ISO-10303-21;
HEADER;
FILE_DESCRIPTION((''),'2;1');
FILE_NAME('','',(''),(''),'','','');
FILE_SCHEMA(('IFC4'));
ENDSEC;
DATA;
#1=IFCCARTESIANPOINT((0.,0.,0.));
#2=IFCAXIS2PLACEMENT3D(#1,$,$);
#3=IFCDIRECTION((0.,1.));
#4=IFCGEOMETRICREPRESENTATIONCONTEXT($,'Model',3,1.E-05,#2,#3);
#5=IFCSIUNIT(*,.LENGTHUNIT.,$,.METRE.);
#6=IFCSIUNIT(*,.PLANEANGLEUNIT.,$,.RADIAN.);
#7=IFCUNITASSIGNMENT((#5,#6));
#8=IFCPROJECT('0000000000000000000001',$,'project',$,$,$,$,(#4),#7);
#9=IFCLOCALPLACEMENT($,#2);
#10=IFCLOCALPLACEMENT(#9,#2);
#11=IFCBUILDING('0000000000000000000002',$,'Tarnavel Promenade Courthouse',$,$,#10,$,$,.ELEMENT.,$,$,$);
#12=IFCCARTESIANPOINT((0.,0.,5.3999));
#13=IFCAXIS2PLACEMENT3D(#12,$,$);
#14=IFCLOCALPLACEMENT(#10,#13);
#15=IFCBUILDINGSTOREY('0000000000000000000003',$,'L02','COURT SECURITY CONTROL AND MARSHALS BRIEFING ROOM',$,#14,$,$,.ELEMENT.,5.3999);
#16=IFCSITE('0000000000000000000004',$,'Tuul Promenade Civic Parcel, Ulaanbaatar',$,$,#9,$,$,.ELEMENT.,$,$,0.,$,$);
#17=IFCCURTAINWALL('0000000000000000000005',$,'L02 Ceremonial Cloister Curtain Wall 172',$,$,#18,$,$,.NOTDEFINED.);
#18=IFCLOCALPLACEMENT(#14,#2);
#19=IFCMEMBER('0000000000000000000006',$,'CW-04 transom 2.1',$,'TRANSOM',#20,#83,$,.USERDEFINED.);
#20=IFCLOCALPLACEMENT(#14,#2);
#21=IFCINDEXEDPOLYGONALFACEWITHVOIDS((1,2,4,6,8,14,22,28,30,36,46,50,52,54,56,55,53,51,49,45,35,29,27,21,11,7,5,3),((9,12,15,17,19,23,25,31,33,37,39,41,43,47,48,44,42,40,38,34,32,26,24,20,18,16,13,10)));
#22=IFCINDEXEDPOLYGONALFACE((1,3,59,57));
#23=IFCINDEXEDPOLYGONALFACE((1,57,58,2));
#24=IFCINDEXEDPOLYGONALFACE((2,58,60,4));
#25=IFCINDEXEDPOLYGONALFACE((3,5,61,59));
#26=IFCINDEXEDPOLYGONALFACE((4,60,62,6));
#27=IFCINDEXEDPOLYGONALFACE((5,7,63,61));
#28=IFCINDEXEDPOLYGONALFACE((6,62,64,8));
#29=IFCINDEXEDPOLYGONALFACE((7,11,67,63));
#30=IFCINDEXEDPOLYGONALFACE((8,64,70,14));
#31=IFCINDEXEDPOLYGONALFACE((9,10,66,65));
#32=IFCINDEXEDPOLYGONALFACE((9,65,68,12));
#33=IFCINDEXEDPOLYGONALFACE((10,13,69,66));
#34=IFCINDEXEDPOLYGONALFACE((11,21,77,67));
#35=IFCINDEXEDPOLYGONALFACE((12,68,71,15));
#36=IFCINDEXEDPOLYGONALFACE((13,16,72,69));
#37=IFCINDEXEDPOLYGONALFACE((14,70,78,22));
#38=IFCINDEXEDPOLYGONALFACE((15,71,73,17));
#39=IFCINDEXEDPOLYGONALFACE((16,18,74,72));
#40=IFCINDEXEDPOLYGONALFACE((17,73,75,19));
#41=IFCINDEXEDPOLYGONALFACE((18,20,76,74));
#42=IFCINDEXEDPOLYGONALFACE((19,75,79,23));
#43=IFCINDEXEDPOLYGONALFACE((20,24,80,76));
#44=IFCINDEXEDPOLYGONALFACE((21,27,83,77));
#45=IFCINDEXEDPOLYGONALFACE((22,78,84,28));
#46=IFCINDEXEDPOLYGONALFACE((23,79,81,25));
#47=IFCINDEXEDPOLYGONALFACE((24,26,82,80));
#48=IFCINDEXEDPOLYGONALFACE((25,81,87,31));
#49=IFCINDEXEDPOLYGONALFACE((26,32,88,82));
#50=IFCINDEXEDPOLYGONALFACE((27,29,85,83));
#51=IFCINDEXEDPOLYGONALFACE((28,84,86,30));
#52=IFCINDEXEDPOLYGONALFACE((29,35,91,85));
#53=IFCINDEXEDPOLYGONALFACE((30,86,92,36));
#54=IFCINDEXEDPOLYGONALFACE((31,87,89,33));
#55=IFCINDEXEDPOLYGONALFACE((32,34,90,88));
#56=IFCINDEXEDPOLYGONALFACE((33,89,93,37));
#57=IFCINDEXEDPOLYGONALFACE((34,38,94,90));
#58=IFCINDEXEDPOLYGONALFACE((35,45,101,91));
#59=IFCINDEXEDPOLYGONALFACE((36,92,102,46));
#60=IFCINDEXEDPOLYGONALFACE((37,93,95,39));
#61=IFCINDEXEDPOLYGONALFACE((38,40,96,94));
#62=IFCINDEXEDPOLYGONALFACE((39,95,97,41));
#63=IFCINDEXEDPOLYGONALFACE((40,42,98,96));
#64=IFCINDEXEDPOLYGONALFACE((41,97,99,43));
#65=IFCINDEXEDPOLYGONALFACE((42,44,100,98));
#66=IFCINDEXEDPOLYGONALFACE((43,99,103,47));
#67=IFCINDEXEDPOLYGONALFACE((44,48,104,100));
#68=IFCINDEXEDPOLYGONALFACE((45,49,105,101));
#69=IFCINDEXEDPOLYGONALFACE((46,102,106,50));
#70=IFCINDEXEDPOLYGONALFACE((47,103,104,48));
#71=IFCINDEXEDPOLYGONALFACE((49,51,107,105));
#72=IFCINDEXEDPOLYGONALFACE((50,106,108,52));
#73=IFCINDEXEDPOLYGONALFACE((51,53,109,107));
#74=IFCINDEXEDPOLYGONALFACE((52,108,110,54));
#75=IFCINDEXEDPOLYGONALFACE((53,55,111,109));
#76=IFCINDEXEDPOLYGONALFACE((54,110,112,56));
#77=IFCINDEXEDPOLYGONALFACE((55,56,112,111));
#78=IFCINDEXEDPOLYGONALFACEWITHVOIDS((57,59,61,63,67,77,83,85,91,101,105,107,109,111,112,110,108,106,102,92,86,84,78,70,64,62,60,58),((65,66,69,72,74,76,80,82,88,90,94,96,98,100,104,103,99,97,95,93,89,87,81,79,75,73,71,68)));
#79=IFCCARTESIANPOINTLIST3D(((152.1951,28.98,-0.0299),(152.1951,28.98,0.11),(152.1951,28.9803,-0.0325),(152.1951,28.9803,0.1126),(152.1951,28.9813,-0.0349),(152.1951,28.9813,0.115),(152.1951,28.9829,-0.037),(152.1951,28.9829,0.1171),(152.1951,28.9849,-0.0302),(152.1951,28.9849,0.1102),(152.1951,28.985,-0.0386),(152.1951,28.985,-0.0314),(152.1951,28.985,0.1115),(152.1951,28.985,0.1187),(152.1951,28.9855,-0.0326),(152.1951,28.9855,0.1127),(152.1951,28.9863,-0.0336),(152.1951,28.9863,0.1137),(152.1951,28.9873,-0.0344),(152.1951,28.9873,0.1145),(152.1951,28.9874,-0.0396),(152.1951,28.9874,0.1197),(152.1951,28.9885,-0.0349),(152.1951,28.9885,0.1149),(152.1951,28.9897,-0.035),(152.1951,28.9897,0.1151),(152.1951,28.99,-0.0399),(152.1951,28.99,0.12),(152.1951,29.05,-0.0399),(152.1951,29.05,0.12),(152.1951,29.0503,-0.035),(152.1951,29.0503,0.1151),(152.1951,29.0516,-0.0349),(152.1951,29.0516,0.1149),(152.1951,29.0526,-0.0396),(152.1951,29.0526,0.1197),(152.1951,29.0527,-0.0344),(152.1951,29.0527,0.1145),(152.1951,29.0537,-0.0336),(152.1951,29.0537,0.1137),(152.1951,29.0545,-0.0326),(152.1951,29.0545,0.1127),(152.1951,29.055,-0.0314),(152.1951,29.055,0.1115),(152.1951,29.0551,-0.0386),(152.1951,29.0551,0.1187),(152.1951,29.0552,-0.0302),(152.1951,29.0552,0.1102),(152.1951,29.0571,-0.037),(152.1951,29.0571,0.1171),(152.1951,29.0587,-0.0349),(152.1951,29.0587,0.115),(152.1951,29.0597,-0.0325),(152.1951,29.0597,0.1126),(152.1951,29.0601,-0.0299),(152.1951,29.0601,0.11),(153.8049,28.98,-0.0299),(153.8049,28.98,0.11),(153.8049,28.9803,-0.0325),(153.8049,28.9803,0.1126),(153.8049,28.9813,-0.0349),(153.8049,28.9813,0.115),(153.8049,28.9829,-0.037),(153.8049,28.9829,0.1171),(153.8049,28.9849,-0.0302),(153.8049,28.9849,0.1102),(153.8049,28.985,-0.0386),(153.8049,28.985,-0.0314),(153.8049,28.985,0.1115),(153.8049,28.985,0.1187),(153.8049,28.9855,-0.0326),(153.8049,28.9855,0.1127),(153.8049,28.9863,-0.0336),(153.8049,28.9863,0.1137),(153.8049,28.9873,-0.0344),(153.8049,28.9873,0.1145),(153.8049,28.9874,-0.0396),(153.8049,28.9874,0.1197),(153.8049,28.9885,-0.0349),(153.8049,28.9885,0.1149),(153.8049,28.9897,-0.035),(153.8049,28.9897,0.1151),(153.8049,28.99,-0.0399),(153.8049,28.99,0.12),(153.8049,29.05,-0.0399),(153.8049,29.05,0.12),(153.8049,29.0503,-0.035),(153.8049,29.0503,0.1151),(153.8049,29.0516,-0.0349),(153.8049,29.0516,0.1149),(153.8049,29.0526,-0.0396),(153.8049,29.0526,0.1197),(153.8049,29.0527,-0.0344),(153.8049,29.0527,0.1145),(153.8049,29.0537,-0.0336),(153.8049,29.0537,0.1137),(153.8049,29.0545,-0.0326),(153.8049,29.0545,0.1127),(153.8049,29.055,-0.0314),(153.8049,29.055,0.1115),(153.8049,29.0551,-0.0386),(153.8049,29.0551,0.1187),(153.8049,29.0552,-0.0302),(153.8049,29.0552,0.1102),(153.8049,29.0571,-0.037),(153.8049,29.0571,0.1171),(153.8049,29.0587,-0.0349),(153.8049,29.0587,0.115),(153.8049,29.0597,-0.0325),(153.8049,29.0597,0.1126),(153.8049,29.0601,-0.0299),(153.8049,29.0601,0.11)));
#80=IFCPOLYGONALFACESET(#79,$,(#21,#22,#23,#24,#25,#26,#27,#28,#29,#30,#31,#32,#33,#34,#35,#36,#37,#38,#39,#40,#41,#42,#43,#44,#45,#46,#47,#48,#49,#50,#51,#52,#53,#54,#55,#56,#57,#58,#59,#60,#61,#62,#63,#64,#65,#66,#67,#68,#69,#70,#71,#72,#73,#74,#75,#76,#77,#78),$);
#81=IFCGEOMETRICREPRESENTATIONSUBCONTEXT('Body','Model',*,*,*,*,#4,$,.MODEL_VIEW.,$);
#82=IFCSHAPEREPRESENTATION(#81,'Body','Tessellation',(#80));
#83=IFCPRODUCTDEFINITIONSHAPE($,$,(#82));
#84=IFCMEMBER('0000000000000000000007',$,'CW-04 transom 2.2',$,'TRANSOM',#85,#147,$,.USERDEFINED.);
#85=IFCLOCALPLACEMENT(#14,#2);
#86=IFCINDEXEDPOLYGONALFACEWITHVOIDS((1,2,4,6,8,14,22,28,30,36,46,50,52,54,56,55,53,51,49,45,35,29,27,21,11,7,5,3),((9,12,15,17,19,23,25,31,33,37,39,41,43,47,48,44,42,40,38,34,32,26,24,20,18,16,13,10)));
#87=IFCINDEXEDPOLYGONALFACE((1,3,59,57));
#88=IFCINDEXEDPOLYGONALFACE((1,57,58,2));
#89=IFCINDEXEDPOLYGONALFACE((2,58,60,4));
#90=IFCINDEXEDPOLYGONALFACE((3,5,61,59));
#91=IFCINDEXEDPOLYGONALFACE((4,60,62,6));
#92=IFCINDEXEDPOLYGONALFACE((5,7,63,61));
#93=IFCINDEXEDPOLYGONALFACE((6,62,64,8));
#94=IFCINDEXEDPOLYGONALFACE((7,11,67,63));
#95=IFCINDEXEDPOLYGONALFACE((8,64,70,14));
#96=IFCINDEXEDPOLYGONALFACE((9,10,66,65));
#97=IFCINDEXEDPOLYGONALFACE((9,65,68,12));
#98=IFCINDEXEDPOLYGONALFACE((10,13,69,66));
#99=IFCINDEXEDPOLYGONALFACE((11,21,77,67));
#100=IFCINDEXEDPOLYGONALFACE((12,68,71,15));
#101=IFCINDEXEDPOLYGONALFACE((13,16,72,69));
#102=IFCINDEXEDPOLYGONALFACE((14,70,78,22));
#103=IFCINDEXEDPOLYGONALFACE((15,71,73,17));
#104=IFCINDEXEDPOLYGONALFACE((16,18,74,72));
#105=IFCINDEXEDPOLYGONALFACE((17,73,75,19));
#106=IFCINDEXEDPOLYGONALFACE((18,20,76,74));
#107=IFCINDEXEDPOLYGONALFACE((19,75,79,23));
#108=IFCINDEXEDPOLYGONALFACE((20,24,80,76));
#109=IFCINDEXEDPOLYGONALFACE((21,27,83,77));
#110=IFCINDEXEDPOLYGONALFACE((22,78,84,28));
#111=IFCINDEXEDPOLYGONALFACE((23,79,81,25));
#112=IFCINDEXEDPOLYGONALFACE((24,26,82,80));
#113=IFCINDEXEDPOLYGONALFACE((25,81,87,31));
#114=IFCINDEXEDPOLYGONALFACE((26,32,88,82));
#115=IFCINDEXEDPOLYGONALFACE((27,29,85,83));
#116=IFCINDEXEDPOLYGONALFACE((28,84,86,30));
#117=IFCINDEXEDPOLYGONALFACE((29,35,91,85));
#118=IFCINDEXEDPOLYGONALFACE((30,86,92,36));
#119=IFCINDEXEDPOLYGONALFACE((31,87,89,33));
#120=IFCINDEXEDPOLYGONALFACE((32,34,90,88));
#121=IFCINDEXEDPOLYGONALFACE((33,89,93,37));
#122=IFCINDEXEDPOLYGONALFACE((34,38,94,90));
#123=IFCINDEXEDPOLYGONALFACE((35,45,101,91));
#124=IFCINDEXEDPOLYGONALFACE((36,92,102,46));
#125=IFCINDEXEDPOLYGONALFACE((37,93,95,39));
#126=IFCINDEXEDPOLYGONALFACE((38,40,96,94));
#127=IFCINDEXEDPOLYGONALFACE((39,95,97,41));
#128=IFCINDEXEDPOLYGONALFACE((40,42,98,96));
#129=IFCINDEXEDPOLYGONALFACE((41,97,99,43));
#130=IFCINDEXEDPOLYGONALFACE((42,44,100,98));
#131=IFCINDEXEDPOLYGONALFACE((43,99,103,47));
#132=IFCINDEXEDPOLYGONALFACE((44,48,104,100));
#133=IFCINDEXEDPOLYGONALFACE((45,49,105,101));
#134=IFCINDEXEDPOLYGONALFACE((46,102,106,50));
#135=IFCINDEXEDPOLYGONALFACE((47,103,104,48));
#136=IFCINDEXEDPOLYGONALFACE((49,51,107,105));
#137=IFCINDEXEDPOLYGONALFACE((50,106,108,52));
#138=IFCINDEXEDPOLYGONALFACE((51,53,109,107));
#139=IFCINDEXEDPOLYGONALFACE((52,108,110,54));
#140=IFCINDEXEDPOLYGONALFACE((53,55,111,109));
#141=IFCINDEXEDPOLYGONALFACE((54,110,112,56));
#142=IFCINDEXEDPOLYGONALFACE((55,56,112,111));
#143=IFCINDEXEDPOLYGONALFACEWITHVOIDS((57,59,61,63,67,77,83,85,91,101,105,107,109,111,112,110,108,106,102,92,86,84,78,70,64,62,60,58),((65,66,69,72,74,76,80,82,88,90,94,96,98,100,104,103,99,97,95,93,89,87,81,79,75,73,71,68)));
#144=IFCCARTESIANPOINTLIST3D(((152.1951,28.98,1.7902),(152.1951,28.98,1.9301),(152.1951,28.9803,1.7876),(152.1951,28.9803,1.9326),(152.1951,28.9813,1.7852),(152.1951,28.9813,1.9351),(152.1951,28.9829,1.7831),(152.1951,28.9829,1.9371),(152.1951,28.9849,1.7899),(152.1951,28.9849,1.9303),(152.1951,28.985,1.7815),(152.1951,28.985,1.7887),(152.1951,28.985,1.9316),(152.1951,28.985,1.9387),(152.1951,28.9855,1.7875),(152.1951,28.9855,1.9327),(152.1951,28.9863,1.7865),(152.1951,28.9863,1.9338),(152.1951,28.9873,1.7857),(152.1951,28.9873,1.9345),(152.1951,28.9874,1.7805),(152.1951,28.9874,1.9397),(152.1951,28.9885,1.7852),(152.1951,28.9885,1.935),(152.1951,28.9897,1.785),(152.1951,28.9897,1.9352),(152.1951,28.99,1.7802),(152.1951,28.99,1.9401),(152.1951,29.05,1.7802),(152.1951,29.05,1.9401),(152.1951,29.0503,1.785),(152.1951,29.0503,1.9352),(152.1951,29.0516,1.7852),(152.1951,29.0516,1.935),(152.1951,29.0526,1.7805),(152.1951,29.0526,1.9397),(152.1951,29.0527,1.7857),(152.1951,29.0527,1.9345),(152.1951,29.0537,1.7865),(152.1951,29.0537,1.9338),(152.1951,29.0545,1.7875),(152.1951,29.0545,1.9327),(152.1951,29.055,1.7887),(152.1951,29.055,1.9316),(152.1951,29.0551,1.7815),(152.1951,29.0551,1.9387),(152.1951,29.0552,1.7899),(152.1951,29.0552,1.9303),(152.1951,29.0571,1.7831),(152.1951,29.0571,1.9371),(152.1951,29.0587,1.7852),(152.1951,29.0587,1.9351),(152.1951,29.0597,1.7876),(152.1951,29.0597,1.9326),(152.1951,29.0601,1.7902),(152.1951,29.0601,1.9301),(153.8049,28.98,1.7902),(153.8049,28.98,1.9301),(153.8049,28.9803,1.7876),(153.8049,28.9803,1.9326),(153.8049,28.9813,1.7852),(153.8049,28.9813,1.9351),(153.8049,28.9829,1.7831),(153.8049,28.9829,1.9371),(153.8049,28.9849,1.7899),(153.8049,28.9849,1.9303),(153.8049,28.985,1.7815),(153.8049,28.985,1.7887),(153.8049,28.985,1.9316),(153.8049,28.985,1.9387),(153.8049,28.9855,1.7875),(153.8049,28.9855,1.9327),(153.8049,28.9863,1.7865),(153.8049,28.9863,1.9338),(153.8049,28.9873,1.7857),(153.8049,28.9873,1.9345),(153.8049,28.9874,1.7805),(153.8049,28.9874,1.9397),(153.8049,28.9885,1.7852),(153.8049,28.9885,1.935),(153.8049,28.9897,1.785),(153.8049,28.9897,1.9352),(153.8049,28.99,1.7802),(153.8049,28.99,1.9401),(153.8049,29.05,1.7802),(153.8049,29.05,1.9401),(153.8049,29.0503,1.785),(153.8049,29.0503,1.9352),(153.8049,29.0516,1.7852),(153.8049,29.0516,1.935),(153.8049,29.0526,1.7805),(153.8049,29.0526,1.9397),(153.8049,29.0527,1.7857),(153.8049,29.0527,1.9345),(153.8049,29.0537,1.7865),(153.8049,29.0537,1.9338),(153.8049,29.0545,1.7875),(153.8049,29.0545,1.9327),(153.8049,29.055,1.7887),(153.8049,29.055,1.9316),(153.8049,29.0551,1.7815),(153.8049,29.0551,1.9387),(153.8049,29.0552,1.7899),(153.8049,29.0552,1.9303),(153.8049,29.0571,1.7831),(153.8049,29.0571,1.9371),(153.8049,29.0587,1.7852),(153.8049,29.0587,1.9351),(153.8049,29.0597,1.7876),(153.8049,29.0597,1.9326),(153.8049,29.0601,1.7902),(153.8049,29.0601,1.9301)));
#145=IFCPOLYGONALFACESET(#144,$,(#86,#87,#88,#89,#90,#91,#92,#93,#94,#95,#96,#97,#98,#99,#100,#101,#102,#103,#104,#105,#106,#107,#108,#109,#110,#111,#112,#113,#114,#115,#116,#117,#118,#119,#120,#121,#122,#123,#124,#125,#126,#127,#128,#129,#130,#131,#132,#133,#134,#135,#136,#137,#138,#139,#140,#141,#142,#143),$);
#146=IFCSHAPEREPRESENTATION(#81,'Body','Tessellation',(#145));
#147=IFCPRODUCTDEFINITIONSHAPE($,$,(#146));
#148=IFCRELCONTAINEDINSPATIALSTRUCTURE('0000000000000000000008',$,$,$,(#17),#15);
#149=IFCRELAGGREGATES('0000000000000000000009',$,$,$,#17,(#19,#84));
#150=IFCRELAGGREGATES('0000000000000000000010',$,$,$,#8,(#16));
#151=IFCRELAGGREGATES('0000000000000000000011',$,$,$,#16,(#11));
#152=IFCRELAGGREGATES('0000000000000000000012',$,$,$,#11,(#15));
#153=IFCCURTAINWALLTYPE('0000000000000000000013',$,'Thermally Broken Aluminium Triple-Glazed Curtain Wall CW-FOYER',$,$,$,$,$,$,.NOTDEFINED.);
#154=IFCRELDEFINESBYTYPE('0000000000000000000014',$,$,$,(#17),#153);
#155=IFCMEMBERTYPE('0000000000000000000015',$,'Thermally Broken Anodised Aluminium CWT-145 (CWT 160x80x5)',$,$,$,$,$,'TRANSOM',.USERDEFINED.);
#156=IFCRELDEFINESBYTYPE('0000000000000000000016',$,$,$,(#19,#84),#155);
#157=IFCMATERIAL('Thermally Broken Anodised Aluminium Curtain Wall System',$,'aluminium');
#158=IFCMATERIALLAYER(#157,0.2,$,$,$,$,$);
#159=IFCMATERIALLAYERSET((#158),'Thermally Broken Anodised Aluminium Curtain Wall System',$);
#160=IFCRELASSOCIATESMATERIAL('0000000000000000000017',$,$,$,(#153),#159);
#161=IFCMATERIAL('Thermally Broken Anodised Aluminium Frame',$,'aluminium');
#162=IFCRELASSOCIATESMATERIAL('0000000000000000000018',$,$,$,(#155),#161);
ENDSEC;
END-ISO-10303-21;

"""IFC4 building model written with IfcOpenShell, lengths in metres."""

from ifc_helpers import new_model, si_unit, direction, frame, origin, origin_2d, place, context, subcontext, project, spatial, hollow_rectangle, extrude, material, layer, layer_set, material_profile, profile_set, type_object, element, aggregate, save


model = new_model("IFC4")

# Units and contexts
model_context = context("Model", 3, precision=1e-05, world=origin(), true_north=direction((0.0, 1.0)))
body_context = subcontext(model_context, "Body", "Model", "MODEL_VIEW")
ifc_project = project(units=[si_unit("LENGTHUNIT", "METRE"), si_unit("PLANEANGLEUNIT", "RADIAN")], contexts=[model_context])

# Site, building, storey
site_placement = place(None, origin())
site = spatial("IfcSite", under=ifc_project, at=site_placement, Name="Tuul Promenade Civic Parcel, Ulaanbaatar", CompositionType="ELEMENT", RefElevation=0.0)
building_placement = place(site_placement, origin())
building = spatial("IfcBuilding", under=site, at=building_placement, Name="Tarnavel Promenade Courthouse", CompositionType="ELEMENT")
storey_placement = place(building_placement, frame((0.0, 0.0, 5.3999)))
storey = spatial("IfcBuildingStorey", under=building, at=storey_placement, Name="L02", Description="COURT SECURITY CONTROL AND MARSHALS BRIEFING ROOM", CompositionType="ELEMENT", Elevation=5.3999)

# Curtain wall
ifc_material_1 = material(Name="Thermally Broken Anodised Aluminium Curtain Wall System", Category="aluminium")
ifc_layer_1 = layer(ifc_material_1, 0.2)
ifc_layer_set_1 = layer_set([ifc_layer_1], Name="Thermally Broken Anodised Aluminium Curtain Wall System")
curtain_wall_type = type_object("IfcCurtainWallType", Name="Thermally Broken Aluminium Triple-Glazed Curtain Wall CW-FOYER", PredefinedType="NOTDEFINED", material=ifc_layer_set_1)
ifc_material_2 = material(Name="Thermally Broken Anodised Aluminium Frame", Category="aluminium")
curtain_wall_1_placement = place(storey_placement, origin())
curtain_wall_1 = element("IfcCurtainWall", 1, at=curtain_wall_1_placement, inside=storey, type_object=curtain_wall_type, Name="L02 Ceremonial Cloister Curtain Wall 172", PredefinedType="NOTDEFINED")

# Members
ifc_material_profile_1 = material_profile(ifc_material_2, hollow_rectangle(XDim=0.0801, YDim=0.1599, WallThickness=0.0049, InnerFilletRadius=0.0049, OuterFilletRadius=0.01, at=origin_2d()), Name="CWT 160x80x5")
ifc_profile_set_1 = profile_set([ifc_material_profile_1], Name="Thermally Broken Anodised Aluminium Frame")
member_type_1 = type_object("IfcMemberType", Name="Thermally Broken Anodised Aluminium CWT-145 (CWT 160x80x5)", ElementType="TRANSOM", PredefinedType="USERDEFINED", material=ifc_profile_set_1)
member_1_placement = place(storey_placement, frame((152.1951, 29.02, 0.04), z_axis=(1.0, 0.0, 0.0), x_axis=(0.0, 1.0, 0.0)))
member_1 = element("IfcMember", 2, at=member_1_placement, type_object=member_type_1, Name="CW-04 transom 2.1", ObjectType="TRANSOM", PredefinedType="USERDEFINED", context=body_context, shape_type="SweptSolid", body=[
    extrude(hollow_rectangle(XDim=0.0801, YDim=0.1599, WallThickness=0.0049, InnerFilletRadius=0.0049, OuterFilletRadius=0.01, at=origin_2d()), origin(), (0.0, 0.0, 1.0), 1.6099),
])
member_2_placement = place(storey_placement, frame((152.1951, 29.02, 1.8601), z_axis=(1.0, 0.0, 0.0), x_axis=(0.0, 1.0, 0.0)))
member_2 = element("IfcMember", 3, at=member_2_placement, type_object=member_type_1, Name="CW-04 transom 2.2", ObjectType="TRANSOM", PredefinedType="USERDEFINED", context=body_context, shape_type="SweptSolid", body=[
    extrude(hollow_rectangle(XDim=0.0801, YDim=0.1599, WallThickness=0.0049, InnerFilletRadius=0.0049, OuterFilletRadius=0.01, at=origin_2d()), origin(), (0.0, 0.0, 1.0), 1.6099),
])

aggregate(curtain_wall_1, [member_1, member_2])

save(model, "model.ifc")
